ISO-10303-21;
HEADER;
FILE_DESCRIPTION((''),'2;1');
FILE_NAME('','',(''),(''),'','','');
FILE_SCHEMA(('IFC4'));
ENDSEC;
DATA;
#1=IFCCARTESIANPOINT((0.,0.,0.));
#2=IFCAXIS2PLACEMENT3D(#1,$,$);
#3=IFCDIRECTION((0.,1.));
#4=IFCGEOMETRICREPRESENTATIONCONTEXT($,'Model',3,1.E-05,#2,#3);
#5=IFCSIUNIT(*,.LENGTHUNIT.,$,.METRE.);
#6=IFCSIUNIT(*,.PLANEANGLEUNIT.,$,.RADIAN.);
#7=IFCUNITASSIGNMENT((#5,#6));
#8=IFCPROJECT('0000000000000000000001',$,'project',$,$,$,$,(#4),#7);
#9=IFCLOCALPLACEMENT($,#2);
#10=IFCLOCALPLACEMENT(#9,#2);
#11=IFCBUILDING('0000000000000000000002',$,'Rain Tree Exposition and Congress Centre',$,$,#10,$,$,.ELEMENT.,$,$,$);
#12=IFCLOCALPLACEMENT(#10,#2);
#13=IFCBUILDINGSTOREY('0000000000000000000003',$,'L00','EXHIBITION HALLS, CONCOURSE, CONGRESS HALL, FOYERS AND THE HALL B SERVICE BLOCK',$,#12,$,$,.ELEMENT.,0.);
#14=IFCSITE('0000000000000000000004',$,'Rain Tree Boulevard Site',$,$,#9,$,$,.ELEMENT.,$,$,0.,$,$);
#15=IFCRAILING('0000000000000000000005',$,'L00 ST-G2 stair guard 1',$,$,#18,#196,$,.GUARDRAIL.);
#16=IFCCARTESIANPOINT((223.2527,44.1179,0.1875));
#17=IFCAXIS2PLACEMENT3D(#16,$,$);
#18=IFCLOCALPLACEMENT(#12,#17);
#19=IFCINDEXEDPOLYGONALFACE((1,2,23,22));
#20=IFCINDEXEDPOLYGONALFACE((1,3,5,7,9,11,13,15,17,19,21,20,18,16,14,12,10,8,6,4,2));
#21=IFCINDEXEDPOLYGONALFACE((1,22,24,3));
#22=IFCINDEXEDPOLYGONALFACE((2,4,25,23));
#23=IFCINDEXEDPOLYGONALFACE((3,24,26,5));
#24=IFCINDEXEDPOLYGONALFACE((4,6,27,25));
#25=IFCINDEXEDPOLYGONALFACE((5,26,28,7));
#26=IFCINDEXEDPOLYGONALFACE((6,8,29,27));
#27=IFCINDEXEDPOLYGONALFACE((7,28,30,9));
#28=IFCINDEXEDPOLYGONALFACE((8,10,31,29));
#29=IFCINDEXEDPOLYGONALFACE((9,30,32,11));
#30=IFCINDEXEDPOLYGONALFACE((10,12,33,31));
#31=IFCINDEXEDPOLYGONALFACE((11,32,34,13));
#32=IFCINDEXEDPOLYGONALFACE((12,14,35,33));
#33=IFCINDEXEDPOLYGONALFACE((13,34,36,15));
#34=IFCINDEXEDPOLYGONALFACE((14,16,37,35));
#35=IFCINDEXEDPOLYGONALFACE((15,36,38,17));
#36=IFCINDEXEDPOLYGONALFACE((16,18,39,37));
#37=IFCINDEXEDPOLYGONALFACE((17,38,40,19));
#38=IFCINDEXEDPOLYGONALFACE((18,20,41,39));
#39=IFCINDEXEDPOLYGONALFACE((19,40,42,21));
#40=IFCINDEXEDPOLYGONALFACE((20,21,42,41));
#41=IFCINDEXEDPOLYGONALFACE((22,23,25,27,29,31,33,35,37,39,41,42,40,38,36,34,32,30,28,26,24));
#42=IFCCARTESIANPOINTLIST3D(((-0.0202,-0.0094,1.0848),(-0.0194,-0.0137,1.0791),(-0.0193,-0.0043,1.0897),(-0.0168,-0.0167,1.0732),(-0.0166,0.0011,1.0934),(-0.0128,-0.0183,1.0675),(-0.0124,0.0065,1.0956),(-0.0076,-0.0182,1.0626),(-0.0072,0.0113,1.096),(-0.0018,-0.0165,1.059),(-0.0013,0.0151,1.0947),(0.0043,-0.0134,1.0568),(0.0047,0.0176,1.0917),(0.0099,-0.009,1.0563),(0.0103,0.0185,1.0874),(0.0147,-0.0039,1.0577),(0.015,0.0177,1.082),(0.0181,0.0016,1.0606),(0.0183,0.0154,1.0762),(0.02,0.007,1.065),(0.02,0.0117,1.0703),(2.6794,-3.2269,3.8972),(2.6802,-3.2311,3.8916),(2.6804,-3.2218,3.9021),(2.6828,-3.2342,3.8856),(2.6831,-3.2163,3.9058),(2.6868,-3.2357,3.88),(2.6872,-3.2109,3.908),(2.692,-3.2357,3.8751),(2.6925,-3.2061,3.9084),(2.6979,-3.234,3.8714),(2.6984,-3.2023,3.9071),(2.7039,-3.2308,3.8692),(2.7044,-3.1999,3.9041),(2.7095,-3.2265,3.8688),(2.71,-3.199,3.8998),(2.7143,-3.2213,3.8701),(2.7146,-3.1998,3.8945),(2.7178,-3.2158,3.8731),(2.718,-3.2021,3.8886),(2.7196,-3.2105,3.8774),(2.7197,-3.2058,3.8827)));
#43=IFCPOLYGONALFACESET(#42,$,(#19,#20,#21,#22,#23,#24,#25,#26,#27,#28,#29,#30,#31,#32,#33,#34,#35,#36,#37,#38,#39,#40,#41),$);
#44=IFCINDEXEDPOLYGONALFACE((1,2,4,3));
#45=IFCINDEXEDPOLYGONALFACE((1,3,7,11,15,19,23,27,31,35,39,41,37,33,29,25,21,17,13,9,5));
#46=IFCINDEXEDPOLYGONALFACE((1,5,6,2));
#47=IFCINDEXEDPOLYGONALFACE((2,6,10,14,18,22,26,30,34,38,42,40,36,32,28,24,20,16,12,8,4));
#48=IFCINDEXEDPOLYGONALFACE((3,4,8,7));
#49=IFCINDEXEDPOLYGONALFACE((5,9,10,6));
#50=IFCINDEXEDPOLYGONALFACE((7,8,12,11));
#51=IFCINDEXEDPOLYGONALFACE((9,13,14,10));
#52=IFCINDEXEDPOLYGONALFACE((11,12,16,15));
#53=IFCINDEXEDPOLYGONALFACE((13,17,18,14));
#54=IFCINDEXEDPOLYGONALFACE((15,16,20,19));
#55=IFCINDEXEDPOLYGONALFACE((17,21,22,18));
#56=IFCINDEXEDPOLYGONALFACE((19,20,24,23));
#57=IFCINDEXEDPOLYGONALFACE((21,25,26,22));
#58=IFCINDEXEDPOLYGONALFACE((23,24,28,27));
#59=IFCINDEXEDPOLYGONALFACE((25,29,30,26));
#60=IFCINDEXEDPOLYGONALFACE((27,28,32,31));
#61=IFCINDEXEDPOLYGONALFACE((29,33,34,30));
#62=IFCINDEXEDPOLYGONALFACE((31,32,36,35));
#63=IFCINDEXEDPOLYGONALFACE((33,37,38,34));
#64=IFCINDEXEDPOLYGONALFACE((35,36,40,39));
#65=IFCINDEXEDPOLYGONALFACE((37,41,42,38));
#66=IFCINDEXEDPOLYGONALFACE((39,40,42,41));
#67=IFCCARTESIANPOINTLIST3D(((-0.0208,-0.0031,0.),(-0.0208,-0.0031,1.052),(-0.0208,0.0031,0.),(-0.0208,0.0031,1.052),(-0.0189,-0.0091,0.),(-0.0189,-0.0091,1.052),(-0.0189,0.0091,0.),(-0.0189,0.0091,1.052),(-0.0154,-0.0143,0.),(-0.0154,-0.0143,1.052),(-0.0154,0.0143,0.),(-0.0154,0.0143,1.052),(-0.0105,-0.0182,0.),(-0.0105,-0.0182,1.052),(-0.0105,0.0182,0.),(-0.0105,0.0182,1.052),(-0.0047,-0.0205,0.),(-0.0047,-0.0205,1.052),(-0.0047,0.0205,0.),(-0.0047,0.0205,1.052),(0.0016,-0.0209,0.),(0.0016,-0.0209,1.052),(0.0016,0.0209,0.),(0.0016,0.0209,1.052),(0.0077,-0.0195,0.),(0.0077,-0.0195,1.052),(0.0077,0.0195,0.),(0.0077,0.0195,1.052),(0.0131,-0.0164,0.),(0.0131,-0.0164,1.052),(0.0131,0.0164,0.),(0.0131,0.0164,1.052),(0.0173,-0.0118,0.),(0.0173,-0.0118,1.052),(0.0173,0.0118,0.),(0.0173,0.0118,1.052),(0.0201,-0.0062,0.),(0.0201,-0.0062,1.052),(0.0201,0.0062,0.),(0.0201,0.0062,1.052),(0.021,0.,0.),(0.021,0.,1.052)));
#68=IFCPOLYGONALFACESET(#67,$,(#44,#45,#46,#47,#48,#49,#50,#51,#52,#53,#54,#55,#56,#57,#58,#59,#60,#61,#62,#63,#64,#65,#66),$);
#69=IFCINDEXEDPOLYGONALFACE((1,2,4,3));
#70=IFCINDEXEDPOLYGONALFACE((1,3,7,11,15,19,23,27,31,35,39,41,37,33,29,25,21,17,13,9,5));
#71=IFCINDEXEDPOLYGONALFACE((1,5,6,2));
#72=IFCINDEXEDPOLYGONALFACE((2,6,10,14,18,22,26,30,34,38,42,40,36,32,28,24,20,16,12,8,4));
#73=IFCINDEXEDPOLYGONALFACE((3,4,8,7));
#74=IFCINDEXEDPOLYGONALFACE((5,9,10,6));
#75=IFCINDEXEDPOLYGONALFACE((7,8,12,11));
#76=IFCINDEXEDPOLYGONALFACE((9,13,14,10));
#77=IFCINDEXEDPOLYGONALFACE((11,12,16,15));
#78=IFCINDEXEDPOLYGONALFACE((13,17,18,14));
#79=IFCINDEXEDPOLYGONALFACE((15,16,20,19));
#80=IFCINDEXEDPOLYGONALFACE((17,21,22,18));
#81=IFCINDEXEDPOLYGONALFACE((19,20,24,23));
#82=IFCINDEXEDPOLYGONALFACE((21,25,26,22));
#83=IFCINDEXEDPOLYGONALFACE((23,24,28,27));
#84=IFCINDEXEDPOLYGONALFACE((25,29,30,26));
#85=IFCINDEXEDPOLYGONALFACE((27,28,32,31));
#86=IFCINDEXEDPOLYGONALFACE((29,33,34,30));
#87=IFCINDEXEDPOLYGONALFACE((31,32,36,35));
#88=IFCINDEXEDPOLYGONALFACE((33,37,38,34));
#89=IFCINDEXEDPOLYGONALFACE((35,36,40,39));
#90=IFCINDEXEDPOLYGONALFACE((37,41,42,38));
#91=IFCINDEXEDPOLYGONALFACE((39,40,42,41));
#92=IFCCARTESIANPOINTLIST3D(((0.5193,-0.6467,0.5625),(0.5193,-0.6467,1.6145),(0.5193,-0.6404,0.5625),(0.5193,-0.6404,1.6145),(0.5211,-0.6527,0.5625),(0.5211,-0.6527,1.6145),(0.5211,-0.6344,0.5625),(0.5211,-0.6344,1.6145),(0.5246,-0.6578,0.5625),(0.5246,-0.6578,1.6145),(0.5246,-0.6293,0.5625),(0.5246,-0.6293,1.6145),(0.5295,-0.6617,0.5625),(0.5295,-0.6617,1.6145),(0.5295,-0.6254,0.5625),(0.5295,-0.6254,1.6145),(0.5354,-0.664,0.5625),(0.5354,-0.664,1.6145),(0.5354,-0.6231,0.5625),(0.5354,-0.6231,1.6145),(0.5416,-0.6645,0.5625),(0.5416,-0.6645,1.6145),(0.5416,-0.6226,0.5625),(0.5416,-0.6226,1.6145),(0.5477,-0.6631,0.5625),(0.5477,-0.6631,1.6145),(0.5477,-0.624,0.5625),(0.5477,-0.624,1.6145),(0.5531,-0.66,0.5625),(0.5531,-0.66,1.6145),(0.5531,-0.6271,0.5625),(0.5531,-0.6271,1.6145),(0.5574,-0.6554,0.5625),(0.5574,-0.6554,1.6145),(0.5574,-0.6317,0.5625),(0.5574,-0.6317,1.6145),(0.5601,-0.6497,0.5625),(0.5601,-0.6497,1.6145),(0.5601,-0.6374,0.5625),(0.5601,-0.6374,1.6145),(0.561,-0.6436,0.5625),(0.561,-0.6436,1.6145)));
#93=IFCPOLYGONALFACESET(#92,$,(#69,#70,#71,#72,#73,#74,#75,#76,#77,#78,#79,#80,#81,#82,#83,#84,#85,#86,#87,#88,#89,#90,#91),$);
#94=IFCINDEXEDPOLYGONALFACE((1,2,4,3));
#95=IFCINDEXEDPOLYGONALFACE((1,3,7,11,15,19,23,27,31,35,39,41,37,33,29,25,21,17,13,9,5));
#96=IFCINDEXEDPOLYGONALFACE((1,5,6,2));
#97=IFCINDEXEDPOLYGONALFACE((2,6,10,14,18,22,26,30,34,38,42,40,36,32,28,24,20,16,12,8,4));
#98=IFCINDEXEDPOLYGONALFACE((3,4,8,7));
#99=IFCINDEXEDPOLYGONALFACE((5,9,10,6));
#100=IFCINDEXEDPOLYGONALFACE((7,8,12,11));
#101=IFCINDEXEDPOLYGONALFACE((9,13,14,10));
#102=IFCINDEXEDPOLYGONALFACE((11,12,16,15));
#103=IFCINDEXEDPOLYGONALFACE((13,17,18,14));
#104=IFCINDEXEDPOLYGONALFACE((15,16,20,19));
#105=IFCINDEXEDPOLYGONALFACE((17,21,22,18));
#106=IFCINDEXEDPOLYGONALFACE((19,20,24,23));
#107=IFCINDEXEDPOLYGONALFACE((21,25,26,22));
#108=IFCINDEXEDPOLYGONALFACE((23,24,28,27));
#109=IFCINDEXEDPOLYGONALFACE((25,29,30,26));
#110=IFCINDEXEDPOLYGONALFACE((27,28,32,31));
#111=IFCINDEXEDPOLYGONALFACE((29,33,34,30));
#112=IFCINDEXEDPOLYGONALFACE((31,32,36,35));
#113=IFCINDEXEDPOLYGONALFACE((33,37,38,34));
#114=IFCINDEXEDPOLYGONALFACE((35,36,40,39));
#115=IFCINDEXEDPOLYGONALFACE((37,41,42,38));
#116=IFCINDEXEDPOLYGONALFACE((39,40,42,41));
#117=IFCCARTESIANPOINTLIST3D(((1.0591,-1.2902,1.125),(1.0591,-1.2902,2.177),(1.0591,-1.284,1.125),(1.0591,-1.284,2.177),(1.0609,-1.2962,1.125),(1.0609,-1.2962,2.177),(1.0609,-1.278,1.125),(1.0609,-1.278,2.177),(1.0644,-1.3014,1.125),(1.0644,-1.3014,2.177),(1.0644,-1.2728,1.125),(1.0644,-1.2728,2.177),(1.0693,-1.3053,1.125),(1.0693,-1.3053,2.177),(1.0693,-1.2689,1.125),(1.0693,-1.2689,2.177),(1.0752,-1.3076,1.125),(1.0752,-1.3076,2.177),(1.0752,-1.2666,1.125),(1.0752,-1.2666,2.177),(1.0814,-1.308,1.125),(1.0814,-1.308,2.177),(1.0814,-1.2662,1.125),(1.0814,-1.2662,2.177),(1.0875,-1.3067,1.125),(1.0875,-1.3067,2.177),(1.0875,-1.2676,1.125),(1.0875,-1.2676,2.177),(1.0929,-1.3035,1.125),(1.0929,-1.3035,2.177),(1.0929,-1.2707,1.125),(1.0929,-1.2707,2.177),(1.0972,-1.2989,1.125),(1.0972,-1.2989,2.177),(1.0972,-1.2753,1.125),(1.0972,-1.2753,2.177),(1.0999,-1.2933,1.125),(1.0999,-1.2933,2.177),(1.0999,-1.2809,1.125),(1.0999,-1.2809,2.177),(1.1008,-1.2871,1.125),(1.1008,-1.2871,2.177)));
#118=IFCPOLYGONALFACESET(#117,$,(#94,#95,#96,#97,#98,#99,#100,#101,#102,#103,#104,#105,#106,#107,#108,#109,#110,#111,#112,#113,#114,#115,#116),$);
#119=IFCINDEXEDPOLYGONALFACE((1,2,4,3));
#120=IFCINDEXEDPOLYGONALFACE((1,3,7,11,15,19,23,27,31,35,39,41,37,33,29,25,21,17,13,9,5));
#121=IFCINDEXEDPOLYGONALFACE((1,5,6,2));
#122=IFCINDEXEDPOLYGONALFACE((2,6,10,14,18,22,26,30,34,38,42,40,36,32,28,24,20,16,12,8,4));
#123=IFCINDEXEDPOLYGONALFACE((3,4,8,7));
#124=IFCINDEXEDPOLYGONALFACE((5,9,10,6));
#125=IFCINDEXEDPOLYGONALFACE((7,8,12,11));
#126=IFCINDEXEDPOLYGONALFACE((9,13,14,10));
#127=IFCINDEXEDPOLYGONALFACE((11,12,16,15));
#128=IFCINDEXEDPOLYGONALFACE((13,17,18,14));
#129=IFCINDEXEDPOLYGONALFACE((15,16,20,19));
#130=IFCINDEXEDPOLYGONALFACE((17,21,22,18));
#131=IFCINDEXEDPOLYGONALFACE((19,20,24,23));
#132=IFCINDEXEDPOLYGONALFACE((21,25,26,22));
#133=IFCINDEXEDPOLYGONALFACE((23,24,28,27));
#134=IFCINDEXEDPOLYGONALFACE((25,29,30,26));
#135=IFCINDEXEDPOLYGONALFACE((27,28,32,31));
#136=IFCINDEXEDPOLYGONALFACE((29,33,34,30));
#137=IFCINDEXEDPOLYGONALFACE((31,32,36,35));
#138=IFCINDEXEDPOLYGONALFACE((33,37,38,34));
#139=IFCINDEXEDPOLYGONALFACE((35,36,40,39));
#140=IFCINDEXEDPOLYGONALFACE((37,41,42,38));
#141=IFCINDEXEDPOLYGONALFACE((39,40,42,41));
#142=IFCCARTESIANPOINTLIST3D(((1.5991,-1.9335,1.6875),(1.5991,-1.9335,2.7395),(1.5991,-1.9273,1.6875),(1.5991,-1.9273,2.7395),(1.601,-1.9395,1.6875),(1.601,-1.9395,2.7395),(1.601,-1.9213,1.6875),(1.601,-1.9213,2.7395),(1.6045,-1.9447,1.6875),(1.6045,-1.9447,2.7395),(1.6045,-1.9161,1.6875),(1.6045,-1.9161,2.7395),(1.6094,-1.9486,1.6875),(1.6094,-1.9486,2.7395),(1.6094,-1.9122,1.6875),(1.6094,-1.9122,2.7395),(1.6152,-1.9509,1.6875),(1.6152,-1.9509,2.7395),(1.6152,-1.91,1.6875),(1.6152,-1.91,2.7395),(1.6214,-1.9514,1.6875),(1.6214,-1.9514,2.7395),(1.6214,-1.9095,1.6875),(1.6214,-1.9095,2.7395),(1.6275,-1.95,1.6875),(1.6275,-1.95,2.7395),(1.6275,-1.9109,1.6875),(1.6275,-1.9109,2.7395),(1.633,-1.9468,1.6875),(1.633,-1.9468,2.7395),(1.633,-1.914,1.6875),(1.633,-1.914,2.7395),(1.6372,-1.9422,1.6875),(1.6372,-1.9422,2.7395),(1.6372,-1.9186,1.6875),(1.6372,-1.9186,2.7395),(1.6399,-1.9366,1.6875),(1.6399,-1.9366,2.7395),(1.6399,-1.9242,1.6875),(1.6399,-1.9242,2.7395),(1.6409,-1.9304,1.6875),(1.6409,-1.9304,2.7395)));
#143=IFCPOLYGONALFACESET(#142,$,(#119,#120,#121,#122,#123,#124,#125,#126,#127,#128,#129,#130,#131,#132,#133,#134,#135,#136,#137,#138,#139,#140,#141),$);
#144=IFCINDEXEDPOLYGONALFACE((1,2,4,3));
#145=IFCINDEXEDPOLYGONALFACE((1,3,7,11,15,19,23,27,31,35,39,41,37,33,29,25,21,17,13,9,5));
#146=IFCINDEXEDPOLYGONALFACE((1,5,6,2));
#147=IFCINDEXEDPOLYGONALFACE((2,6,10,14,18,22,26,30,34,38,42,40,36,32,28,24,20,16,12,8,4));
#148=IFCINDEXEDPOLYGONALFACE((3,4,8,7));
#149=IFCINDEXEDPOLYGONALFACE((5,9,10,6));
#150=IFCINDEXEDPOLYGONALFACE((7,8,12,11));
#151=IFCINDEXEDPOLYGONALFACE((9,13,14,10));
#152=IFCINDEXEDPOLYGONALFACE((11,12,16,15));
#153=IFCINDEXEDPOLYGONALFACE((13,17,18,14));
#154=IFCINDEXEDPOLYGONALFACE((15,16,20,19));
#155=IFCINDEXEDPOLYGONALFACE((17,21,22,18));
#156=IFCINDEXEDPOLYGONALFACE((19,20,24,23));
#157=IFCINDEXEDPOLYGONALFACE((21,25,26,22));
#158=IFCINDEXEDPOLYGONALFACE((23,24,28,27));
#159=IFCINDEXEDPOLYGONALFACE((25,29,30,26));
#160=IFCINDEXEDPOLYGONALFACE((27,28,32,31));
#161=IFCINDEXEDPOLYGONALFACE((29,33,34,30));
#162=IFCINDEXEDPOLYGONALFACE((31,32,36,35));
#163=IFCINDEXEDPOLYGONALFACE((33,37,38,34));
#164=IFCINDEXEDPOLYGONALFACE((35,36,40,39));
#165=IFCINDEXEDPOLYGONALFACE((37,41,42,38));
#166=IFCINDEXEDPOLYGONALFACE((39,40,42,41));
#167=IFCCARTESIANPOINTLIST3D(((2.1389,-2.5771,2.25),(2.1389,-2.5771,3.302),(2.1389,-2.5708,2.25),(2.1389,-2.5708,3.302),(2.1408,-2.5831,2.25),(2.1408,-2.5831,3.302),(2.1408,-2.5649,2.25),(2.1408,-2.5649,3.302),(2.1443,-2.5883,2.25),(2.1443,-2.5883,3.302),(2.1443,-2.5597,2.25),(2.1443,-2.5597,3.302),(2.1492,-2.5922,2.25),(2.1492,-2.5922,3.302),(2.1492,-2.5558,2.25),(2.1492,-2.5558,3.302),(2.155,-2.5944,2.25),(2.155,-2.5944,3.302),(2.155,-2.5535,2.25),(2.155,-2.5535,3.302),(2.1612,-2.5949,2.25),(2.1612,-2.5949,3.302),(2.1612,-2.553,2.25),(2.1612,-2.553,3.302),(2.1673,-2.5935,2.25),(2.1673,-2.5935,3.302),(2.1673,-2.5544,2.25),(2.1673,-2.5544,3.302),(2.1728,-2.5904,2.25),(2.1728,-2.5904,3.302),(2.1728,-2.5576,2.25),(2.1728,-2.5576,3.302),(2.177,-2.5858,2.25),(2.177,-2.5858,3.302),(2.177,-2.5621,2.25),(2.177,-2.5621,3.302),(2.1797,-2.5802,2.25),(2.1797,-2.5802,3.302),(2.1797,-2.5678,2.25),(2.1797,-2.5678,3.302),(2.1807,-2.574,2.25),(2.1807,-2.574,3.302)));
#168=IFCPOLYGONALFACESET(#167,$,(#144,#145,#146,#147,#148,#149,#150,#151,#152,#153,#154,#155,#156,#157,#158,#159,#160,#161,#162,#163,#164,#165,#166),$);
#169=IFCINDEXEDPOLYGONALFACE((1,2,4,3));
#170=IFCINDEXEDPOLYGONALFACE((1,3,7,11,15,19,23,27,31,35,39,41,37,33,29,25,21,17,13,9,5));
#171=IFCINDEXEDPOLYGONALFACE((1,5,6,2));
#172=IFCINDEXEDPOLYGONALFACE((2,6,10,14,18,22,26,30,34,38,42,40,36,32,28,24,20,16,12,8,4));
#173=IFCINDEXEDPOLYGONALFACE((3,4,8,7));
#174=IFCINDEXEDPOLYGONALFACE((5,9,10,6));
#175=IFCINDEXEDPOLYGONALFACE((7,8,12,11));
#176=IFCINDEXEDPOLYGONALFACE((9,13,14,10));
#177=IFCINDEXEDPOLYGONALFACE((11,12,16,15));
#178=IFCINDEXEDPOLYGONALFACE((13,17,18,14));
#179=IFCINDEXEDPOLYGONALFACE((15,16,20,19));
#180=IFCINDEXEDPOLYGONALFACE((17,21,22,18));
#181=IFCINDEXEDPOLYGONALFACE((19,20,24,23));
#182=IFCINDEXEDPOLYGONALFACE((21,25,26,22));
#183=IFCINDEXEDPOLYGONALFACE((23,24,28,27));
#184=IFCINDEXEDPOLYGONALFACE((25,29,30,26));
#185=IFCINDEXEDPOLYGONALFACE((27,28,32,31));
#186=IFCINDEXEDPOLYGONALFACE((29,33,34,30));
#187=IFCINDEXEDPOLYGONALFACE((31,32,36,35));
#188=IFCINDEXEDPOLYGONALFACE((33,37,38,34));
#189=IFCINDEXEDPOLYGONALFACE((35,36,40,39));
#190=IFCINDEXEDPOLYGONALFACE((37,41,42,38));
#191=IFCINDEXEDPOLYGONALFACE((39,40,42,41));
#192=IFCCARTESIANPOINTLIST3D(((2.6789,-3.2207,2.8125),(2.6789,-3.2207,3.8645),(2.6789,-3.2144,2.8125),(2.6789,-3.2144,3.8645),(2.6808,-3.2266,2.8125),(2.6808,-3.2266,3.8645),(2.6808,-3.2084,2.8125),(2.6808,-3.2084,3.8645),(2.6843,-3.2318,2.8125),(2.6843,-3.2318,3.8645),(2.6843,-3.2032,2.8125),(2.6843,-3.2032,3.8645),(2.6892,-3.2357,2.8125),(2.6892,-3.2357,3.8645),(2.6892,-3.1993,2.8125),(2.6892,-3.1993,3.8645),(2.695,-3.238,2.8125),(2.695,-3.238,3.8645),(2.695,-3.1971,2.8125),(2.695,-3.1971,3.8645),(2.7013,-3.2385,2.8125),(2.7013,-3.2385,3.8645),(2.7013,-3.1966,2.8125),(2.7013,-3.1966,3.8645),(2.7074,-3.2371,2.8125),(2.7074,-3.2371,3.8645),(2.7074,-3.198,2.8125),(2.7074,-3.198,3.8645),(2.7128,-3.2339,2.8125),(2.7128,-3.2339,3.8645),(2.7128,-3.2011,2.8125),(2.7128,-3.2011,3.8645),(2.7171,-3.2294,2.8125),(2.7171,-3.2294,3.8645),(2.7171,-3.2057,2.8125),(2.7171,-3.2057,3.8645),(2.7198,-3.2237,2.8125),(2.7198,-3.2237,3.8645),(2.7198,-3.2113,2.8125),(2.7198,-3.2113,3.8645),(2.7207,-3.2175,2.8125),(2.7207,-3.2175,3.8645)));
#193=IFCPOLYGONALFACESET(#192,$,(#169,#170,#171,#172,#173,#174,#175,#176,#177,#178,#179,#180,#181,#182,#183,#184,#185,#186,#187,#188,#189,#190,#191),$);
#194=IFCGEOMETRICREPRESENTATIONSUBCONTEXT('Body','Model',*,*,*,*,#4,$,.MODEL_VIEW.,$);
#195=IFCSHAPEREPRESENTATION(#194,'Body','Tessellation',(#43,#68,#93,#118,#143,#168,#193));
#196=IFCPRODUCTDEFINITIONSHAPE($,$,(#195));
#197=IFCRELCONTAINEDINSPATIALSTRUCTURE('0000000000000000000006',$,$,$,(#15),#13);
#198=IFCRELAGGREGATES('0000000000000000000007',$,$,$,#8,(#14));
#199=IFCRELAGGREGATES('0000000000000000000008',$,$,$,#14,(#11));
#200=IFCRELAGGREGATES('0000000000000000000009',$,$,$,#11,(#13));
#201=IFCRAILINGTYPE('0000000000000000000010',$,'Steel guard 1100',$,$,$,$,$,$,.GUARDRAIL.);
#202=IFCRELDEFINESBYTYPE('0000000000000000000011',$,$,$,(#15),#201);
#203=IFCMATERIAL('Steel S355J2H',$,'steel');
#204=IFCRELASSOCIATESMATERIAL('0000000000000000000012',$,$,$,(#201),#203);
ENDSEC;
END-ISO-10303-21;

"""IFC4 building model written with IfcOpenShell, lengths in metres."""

from ifc_helpers import new_model, si_unit, direction, frame, origin, origin_2d, place, context, subcontext, project, spatial, circle, extrude, material, type_object, element, save


model = new_model("IFC4")

# Units and contexts
model_context = context("Model", 3, precision=1e-05, world=origin(), true_north=direction((0.0, 1.0)))
body_context = subcontext(model_context, "Body", "Model", "MODEL_VIEW")
ifc_project = project(units=[si_unit("LENGTHUNIT", "METRE"), si_unit("PLANEANGLEUNIT", "RADIAN")], contexts=[model_context])

# Site, building, storey
site_placement = place(None, origin())
site = spatial("IfcSite", under=ifc_project, at=site_placement, Name="Rain Tree Boulevard Site", CompositionType="ELEMENT", RefElevation=0.0)
building_placement = place(site_placement, origin())
building = spatial("IfcBuilding", under=site, at=building_placement, Name="Rain Tree Exposition and Congress Centre", CompositionType="ELEMENT")
storey_placement = place(building_placement, origin())
storey = spatial("IfcBuildingStorey", under=building, at=storey_placement, Name="L00", Description="EXHIBITION HALLS, CONCOURSE, CONGRESS HALL, FOYERS AND THE HALL B SERVICE BLOCK", CompositionType="ELEMENT", Elevation=0.0)

# Railing
ifc_material_1 = material(Name="Steel S355J2H", Category="steel")
railing_type_1 = type_object("IfcRailingType", Name="Steel guard 1100", PredefinedType="GUARDRAIL", material=ifc_material_1)
railing_1_placement = place(storey_placement, frame((223.2527, 44.1179, 0.1875)))
element("IfcRailing", 1, at=railing_1_placement, inside=storey, type_object=railing_type_1, Name="L00 ST-G2 stair guard 1", PredefinedType="GUARDRAIL", context=body_context, shape_type="SweptSolid", body=[
    extrude(circle(Radius=0.0239, at=origin_2d()), frame((0.0, 0.0, 1.0762), z_axis=(0.534087, -0.636529, 0.556401), x_axis=(0.766059, 0.642771, 0.0)), (0.0, 0.0, 1.0), 5.0547),
    extrude(circle(Radius=0.021, at=origin_2d()), origin(), (0.0, 0.0, 1.0), 1.052),
    extrude(circle(Radius=0.021, at=origin_2d()), frame((0.54, -0.6436, 0.5625)), (0.0, 0.0, 1.0), 1.052),
    extrude(circle(Radius=0.021, at=origin_2d()), frame((1.0798, -1.2871, 1.125)), (0.0, 0.0, 1.0), 1.052),
    extrude(circle(Radius=0.021, at=origin_2d()), frame((1.6199, -1.9304, 1.6875)), (0.0, 0.0, 1.0), 1.052),
    extrude(circle(Radius=0.021, at=origin_2d()), frame((2.1597, -2.574, 2.25)), (0.0, 0.0, 1.0), 1.052),
    extrude(circle(Radius=0.021, at=origin_2d()), frame((2.6997, -3.2175, 2.8125)), (0.0, 0.0, 1.0), 1.052),
])

save(model, "model.ifc")
